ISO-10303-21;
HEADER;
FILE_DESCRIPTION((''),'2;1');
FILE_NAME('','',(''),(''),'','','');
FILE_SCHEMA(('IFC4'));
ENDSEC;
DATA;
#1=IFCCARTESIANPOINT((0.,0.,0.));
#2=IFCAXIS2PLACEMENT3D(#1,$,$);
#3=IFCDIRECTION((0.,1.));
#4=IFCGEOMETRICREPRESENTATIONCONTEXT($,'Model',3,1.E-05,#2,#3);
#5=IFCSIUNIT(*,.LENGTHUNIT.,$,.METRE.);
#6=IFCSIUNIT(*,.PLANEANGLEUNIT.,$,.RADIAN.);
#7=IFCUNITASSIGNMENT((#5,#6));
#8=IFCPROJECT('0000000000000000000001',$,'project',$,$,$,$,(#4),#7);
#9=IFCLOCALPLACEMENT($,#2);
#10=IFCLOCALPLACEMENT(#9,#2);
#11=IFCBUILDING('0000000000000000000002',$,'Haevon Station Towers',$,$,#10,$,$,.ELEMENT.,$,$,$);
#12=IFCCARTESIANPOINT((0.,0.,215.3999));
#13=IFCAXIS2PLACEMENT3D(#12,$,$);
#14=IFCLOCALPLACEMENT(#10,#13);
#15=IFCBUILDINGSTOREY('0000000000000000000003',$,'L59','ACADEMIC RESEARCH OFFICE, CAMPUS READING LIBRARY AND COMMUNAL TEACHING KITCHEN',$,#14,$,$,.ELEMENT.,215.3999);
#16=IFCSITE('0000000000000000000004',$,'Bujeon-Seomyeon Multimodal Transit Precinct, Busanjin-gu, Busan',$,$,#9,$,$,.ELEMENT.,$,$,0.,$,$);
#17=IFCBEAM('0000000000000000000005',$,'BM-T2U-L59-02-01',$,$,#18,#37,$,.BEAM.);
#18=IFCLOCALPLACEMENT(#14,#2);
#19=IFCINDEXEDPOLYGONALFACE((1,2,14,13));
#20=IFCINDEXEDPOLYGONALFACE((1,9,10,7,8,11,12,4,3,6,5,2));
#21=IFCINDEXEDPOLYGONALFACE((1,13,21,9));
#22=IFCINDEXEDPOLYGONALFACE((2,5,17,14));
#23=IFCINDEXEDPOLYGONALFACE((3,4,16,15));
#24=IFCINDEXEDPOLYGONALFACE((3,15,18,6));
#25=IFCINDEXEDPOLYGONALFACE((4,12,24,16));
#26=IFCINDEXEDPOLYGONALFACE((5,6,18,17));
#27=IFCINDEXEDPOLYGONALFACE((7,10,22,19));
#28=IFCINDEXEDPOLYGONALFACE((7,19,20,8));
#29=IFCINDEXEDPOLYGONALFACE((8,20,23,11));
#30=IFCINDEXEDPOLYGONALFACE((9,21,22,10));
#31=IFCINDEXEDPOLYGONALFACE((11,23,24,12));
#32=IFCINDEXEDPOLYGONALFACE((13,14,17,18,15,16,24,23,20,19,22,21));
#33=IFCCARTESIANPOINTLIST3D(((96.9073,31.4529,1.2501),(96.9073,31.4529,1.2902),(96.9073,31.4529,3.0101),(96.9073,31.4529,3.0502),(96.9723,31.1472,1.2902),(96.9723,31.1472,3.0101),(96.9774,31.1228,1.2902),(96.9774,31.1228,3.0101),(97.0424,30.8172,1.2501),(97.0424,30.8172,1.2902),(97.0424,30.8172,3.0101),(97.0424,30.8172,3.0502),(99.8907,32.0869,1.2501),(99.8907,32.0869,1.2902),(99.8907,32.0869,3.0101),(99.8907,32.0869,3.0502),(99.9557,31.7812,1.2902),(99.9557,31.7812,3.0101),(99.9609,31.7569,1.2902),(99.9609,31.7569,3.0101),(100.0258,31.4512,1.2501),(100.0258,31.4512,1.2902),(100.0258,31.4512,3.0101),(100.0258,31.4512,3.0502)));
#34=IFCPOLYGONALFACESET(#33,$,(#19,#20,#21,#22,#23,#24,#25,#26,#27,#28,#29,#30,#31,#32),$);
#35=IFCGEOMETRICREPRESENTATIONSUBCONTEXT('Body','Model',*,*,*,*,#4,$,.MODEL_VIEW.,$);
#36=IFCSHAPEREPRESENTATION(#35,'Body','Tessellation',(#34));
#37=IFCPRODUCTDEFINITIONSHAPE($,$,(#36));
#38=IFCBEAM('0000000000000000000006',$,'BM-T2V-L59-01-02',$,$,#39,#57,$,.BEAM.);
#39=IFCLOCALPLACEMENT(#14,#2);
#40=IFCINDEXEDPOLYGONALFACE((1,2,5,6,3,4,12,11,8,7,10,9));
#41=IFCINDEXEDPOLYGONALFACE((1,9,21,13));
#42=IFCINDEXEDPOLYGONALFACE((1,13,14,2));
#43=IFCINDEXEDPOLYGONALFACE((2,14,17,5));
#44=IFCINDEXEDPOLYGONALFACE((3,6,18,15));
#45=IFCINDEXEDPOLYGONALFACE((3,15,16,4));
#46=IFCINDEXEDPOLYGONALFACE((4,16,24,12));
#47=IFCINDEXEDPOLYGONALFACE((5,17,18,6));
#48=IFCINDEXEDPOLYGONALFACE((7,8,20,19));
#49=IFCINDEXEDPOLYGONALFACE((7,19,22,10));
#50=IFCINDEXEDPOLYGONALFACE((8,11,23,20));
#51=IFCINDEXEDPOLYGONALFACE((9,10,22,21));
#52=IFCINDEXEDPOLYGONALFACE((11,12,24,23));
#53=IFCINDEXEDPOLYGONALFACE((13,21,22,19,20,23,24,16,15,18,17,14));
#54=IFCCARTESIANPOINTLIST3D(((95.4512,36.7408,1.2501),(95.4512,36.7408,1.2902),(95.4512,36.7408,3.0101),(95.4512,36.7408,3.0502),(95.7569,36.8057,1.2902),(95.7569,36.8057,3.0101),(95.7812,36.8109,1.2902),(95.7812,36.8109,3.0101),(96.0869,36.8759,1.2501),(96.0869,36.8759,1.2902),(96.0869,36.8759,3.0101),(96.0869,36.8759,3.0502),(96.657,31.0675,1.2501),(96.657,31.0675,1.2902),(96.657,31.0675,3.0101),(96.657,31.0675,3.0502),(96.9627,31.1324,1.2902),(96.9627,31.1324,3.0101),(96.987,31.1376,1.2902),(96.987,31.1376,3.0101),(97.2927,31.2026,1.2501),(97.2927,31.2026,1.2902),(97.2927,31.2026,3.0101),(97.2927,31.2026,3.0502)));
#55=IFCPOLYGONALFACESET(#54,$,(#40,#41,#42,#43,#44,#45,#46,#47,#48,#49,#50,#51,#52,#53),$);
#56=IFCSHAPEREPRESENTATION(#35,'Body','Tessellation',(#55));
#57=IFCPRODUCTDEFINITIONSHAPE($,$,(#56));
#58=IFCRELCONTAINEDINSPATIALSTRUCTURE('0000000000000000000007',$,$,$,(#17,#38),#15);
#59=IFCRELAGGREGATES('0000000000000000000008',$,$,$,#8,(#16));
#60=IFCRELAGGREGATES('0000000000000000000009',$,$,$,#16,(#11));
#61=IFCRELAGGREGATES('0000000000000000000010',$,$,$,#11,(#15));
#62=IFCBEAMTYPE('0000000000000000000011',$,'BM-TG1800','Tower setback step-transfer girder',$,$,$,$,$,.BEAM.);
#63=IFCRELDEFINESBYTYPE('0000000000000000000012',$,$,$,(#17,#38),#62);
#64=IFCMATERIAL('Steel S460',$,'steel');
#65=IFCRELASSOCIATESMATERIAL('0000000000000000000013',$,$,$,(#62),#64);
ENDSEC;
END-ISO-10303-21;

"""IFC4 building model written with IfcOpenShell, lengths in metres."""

from ifc_helpers import new_model, si_unit, direction, frame, origin, origin_2d, place, context, subcontext, project, spatial, i_section, extrude, material, material_profile, profile_set, type_object, element, save


model = new_model("IFC4")

# Units and contexts
model_context = context("Model", 3, precision=1e-05, world=origin(), true_north=direction((0.0, 1.0)))
body_context = subcontext(model_context, "Body", "Model", "MODEL_VIEW")
ifc_project = project(units=[si_unit("LENGTHUNIT", "METRE"), si_unit("PLANEANGLEUNIT", "RADIAN")], contexts=[model_context])

# Site, building, storey
site_placement = place(None, origin())
site = spatial("IfcSite", under=ifc_project, at=site_placement, Name="Bujeon-Seomyeon Multimodal Transit Precinct, Busanjin-gu, Busan", CompositionType="ELEMENT", RefElevation=0.0)
building_placement = place(site_placement, origin())
building = spatial("IfcBuilding", under=site, at=building_placement, Name="Haevon Station Towers", CompositionType="ELEMENT")
storey_placement = place(building_placement, frame((0.0, 0.0, 215.3999)))
storey = spatial("IfcBuildingStorey", under=building, at=storey_placement, Name="L59", Description="ACADEMIC RESEARCH OFFICE, CAMPUS READING LIBRARY AND COMMUNAL TEACHING KITCHEN", CompositionType="ELEMENT", Elevation=215.3999)

# Beams
ifc_material_1 = material(Name="Steel S460", Category="steel")
ifc_material_profile_1 = material_profile(ifc_material_1, i_section(OverallWidth=0.6499, OverallDepth=1.8, WebThickness=0.0249, FlangeThickness=0.04, at=origin_2d()), Name="H-1800x650x25x40")
ifc_profile_set_1 = profile_set([ifc_material_profile_1], Name="Steel S460")
beam_type_1 = type_object("IfcBeamType", Name="BM-TG1800", Description="Tower setback step-transfer girder", PredefinedType="BEAM", material=ifc_profile_set_1)
beam_1_placement = place(storey_placement, frame((96.9749, 31.135, 2.1501), z_axis=(0.978155, 0.207878, 0.0), x_axis=(-0.207878, 0.978155, 0.0)))
element("IfcBeam", 1, at=beam_1_placement, inside=storey, type_object=beam_type_1, Name="BM-T2U-L59-02-01", PredefinedType="BEAM", context=body_context, shape_type="SweptSolid", body=[
    extrude(i_section(OverallWidth=0.6499, OverallDepth=1.8, WebThickness=0.0249, FlangeThickness=0.04, at=origin_2d()), origin(), (0.0, 0.0, 1.0), 3.05),
])
beam_2_placement = place(storey_placement, frame((96.9749, 31.135, 2.1501), z_axis=(-0.207896, 0.978151, 0.0), x_axis=(-0.978151, -0.207896, 0.0)))
element("IfcBeam", 2, at=beam_2_placement, inside=storey, type_object=beam_type_1, Name="BM-T2V-L59-01-02", PredefinedType="BEAM", context=body_context, shape_type="SweptSolid", body=[
    extrude(i_section(OverallWidth=0.6499, OverallDepth=1.8, WebThickness=0.0249, FlangeThickness=0.04, at=origin_2d()), origin(), (0.0, 0.0, 1.0), 5.8),
])

save(model, "model.ifc")
